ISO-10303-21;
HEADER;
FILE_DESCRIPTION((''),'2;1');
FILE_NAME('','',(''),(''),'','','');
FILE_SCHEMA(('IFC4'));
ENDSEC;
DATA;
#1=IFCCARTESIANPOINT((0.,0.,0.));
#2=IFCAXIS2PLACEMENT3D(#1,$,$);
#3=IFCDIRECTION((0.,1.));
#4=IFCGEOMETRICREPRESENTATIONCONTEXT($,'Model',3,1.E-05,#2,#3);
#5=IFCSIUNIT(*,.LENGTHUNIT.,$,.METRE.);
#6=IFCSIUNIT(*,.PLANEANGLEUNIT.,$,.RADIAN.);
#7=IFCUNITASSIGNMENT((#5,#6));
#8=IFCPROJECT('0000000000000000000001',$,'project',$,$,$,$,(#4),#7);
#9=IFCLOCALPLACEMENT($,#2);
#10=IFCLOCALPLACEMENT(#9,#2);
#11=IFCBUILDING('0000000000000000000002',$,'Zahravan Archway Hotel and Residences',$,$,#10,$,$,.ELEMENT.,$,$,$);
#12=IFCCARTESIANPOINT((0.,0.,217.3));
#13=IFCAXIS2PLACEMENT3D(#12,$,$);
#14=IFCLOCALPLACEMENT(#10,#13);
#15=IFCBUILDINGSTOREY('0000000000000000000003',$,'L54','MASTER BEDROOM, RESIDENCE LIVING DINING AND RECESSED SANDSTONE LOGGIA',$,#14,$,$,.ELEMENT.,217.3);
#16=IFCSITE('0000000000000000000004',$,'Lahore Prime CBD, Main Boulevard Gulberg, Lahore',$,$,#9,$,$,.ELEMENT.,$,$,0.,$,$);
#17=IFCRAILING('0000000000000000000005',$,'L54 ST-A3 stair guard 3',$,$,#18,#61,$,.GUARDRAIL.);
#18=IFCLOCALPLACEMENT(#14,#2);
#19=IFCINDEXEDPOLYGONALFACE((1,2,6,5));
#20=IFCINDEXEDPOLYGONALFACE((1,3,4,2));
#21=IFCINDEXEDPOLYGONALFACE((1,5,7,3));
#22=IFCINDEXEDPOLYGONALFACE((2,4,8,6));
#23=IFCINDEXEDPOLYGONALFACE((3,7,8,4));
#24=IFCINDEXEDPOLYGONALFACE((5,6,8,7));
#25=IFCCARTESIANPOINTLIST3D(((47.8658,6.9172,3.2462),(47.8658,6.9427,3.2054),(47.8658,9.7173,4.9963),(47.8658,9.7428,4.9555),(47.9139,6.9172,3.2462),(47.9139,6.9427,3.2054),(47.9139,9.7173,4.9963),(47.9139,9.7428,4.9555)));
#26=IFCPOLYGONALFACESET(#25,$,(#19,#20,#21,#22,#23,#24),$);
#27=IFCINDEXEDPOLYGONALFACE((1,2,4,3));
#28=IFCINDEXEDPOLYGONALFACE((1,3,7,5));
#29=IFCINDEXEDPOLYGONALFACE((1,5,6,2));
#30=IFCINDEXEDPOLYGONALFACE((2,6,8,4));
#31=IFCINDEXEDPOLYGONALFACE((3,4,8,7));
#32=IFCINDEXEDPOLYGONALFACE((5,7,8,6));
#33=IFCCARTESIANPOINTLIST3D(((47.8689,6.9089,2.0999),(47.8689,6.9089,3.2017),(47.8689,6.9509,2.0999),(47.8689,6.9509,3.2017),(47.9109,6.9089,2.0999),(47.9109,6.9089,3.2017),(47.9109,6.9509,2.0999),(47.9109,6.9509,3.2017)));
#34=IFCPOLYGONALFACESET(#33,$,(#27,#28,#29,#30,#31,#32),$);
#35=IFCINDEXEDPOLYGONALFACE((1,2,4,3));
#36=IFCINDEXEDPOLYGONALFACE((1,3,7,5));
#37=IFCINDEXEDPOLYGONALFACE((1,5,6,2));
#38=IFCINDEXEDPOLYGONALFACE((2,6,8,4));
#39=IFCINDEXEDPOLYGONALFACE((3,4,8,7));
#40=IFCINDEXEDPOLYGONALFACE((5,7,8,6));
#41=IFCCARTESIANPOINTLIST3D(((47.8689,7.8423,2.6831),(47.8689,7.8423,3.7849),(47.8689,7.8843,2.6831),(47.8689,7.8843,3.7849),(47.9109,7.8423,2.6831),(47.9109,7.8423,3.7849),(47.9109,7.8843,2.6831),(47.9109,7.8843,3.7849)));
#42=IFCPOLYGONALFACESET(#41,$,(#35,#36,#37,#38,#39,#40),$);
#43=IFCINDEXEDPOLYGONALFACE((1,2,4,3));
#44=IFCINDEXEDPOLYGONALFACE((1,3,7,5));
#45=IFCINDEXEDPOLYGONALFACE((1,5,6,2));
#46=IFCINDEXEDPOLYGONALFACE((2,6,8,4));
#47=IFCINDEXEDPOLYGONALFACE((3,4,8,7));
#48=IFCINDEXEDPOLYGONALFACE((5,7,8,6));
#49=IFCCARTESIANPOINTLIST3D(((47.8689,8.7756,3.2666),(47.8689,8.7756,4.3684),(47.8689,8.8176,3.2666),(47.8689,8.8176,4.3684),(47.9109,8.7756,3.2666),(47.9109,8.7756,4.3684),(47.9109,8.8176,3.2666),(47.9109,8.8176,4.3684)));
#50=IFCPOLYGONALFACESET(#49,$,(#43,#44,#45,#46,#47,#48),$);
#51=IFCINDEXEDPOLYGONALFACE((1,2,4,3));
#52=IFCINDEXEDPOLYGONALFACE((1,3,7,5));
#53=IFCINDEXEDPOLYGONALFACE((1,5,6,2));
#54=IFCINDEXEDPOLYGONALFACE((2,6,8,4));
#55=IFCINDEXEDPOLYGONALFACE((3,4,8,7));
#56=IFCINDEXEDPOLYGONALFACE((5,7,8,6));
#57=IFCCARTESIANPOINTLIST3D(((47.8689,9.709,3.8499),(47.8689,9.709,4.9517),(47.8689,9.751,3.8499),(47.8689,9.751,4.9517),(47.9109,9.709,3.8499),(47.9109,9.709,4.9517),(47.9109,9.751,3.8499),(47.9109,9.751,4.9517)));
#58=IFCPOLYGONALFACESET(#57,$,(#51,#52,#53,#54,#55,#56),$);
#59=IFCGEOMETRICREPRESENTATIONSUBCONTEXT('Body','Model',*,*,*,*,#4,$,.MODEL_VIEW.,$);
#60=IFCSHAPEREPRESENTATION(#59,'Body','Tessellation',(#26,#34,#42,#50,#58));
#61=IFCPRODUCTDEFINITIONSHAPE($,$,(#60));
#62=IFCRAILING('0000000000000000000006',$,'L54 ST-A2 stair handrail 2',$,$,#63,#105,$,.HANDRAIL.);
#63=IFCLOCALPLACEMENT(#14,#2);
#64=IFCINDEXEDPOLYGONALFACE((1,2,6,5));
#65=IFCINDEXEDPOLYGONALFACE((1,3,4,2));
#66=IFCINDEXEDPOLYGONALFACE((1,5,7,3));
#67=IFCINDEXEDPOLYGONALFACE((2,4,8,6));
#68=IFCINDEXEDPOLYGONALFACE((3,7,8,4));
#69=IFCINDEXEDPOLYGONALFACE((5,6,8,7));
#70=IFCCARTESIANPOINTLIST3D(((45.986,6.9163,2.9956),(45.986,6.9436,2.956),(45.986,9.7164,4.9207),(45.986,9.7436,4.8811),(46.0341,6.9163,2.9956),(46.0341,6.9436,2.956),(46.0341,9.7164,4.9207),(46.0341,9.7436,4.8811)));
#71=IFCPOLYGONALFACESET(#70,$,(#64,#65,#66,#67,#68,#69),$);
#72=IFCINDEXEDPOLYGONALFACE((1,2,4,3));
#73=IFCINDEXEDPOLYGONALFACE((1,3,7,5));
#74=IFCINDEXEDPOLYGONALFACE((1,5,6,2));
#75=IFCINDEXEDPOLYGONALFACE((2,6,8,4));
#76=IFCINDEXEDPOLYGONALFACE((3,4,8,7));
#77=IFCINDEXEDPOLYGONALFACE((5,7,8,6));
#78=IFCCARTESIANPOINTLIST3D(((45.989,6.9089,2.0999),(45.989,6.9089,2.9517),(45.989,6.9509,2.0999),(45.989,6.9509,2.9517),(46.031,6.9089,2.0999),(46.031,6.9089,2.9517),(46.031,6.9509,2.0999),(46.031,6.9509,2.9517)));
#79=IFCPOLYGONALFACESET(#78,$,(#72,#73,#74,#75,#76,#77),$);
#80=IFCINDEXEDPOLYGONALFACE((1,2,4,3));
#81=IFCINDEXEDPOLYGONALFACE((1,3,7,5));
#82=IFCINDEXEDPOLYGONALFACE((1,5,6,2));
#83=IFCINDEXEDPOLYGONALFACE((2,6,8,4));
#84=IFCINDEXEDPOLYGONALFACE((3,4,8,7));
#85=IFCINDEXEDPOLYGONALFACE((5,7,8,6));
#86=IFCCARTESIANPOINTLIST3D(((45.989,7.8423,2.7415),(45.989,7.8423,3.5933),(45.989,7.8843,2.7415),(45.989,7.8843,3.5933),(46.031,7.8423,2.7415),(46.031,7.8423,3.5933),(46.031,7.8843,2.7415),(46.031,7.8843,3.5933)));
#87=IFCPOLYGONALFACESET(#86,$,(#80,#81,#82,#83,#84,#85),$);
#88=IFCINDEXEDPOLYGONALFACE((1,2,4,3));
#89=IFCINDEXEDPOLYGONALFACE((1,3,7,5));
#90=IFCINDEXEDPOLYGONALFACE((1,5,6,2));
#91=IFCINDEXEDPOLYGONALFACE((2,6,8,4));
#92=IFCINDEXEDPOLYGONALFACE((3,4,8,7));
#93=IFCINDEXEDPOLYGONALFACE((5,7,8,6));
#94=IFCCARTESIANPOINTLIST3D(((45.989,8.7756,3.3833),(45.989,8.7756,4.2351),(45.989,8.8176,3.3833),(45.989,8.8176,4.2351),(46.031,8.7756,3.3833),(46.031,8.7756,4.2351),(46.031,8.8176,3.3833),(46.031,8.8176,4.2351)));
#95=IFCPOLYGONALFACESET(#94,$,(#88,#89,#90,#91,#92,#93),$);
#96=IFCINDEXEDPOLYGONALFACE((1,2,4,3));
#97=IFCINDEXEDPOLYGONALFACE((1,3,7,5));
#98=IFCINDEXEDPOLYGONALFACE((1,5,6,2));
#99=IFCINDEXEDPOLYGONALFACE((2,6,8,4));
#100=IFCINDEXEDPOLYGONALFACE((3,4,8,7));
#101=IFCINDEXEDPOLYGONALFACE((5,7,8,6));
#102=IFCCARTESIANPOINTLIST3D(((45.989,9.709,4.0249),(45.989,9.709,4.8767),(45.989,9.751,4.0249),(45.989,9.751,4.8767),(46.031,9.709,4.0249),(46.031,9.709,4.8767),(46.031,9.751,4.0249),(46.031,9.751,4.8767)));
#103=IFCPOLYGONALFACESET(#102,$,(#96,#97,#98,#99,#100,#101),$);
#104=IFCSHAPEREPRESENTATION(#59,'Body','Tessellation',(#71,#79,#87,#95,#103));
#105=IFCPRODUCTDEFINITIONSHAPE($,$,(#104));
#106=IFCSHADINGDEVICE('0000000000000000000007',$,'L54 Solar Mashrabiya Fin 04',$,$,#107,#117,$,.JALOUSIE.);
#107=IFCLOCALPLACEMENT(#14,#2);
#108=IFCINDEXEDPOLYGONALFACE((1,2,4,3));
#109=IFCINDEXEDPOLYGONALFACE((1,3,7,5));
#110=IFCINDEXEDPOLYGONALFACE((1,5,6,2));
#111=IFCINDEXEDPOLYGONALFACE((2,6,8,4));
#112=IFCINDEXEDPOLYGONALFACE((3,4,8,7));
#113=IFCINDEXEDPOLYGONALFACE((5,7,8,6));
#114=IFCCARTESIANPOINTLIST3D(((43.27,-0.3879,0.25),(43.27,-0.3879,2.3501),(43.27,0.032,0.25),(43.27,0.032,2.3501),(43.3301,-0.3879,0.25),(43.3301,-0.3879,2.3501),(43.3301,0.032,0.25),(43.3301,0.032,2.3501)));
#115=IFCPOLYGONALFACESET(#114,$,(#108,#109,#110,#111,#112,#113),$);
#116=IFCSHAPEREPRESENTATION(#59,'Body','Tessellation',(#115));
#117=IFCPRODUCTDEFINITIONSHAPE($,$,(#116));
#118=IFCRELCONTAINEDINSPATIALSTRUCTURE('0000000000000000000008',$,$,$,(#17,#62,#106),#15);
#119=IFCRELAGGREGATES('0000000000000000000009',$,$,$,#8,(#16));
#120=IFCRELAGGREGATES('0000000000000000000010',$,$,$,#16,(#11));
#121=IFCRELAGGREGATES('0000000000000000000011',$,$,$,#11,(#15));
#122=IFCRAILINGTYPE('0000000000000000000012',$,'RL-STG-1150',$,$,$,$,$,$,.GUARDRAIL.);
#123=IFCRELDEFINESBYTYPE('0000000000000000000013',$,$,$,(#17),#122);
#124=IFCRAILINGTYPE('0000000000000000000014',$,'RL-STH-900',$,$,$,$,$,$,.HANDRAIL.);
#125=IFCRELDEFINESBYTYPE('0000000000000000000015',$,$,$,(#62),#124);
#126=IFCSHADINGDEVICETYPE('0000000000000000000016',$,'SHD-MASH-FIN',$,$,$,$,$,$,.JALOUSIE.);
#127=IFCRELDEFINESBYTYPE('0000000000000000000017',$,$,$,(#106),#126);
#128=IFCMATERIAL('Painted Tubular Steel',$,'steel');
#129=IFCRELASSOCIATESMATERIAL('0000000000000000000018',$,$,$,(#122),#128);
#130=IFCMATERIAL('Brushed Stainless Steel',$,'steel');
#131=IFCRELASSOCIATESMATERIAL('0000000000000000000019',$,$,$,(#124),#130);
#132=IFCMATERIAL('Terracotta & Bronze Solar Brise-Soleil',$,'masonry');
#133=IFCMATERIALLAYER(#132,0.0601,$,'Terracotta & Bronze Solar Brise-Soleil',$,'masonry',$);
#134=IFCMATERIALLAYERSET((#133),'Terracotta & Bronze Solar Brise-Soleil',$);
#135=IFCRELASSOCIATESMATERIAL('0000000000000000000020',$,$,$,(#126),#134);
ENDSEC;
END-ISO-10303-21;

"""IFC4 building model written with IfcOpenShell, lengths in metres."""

from ifc_helpers import new_model, si_unit, direction, frame, origin, origin_2d, place, context, subcontext, project, spatial, rectangle, extrude, source, transform, mapped, material, layer, layer_set, type_object, type_shapes, element, save


model = new_model("IFC4")

# Units and contexts
model_context = context("Model", 3, precision=1e-05, world=origin(), true_north=direction((0.0, 1.0)))
body_context = subcontext(model_context, "Body", "Model", "MODEL_VIEW")
ifc_project = project(units=[si_unit("LENGTHUNIT", "METRE"), si_unit("PLANEANGLEUNIT", "RADIAN")], contexts=[model_context])

# Site, building, storey
site_placement = place(None, origin())
site = spatial("IfcSite", under=ifc_project, at=site_placement, Name="Lahore Prime CBD, Main Boulevard Gulberg, Lahore", CompositionType="ELEMENT", RefElevation=0.0)
building_placement = place(site_placement, origin())
building = spatial("IfcBuilding", under=site, at=building_placement, Name="Zahravan Archway Hotel and Residences", CompositionType="ELEMENT")
storey_placement = place(building_placement, frame((0.0, 0.0, 217.3)))
storey = spatial("IfcBuildingStorey", under=building, at=storey_placement, Name="L54", Description="MASTER BEDROOM, RESIDENCE LIVING DINING AND RECESSED SANDSTONE LOGGIA", CompositionType="ELEMENT", Elevation=217.3)

# Railings
ifc_material_1 = material(Name="Painted Tubular Steel", Category="steel")
railing_type_1 = type_object("IfcRailingType", Name="RL-STG-1150", PredefinedType="GUARDRAIL", material=ifc_material_1)
railing_1_placement = place(storey_placement, frame((47.8899, 6.9299, 2.0999)))
element("IfcRailing", 1, at=railing_1_placement, inside=storey, type_object=railing_type_1, Name="L54 ST-A3 stair guard 3", PredefinedType="GUARDRAIL", context=body_context, shape_type="SweptSolid", body=[
    extrude(rectangle(XDim=0.0481, YDim=0.0481, at=origin_2d()), frame((0.0, 0.0, 1.126), z_axis=(0.0, 0.848002, 0.529992), x_axis=(-1.0, 0.0, 0.0)), (0.0, 0.0, 1.0), 3.302),
    extrude(rectangle(XDim=0.042, YDim=0.042, at=origin_2d()), origin(), (0.0, 0.0, 1.0), 1.1018),
    extrude(rectangle(XDim=0.042, YDim=0.042, at=origin_2d()), frame((0.0, 0.9333, 0.5833)), (0.0, 0.0, 1.0), 1.1018),
    extrude(rectangle(XDim=0.042, YDim=0.042, at=origin_2d()), frame((0.0, 1.8667, 1.1667)), (0.0, 0.0, 1.0), 1.1018),
    extrude(rectangle(XDim=0.042, YDim=0.042, at=origin_2d()), frame((0.0, 2.8, 1.75)), (0.0, 0.0, 1.0), 1.1018),
])
ifc_material_2 = material(Name="Brushed Stainless Steel", Category="steel")
railing_type_2 = type_object("IfcRailingType", Name="RL-STH-900", PredefinedType="HANDRAIL", material=ifc_material_2)
railing_2_placement = place(storey_placement, frame((46.01, 6.9299, 2.0999)))
element("IfcRailing", 2, at=railing_2_placement, inside=storey, type_object=railing_type_2, Name="L54 ST-A2 stair handrail 2", PredefinedType="HANDRAIL", context=body_context, shape_type="SweptSolid", body=[
    extrude(rectangle(XDim=0.0481, YDim=0.0481, at=origin_2d()), frame((0.0, 0.0, 0.876), z_axis=(0.0, 0.82404, 0.566532), x_axis=(-1.0, 0.0, 0.0)), (0.0, 0.0, 1.0), 3.3979),
    extrude(rectangle(XDim=0.042, YDim=0.042, at=origin_2d()), origin(), (0.0, 0.0, 1.0), 0.8518),
    extrude(rectangle(XDim=0.042, YDim=0.042, at=origin_2d()), frame((0.0, 0.9333, 0.6416)), (0.0, 0.0, 1.0), 0.8518),
    extrude(rectangle(XDim=0.042, YDim=0.042, at=origin_2d()), frame((0.0, 1.8667, 1.2834)), (0.0, 0.0, 1.0), 0.8518),
    extrude(rectangle(XDim=0.042, YDim=0.042, at=origin_2d()), frame((0.0, 2.8, 1.925)), (0.0, 0.0, 1.0), 0.8518),
])

# Shading device
ifc_material_3 = material(Name="Terracotta & Bronze Solar Brise-Soleil", Category="masonry")
ifc_layer_1 = layer(ifc_material_3, 0.0601, Name="Terracotta & Bronze Solar Brise-Soleil", Category="masonry")
ifc_layer_set_1 = layer_set([ifc_layer_1], Name="Terracotta & Bronze Solar Brise-Soleil")
shading_device_type = type_object("IfcShadingDeviceType", Name="SHD-MASH-FIN", PredefinedType="JALOUSIE", material=ifc_layer_set_1)
shared_shape_1 = source(origin(), body_context, "Body", "SweptSolid", [
    extrude(rectangle(XDim=0.0601, YDim=0.4199, at=origin_2d()), origin(), (0.0, 0.0, 1.0), 2.1001),
])
type_shapes(shading_device_type, [shared_shape_1])
shading_device_placement = place(storey_placement, frame((43.3, -0.178, 0.25), z_axis=(0.0, 0.0, 1.0), x_axis=(1.0, 0.0, 0.0)))
element("IfcShadingDevice", 3, at=shading_device_placement, inside=storey, type_object=shading_device_type, Name="L54 Solar Mashrabiya Fin 04", PredefinedType="JALOUSIE", context=body_context, shape_type="MappedRepresentation", body=[
    mapped(shared_shape_1, transform((0.0, 0.0, 0.0), scale=1.0)),
])

save(model, "model.ifc")
